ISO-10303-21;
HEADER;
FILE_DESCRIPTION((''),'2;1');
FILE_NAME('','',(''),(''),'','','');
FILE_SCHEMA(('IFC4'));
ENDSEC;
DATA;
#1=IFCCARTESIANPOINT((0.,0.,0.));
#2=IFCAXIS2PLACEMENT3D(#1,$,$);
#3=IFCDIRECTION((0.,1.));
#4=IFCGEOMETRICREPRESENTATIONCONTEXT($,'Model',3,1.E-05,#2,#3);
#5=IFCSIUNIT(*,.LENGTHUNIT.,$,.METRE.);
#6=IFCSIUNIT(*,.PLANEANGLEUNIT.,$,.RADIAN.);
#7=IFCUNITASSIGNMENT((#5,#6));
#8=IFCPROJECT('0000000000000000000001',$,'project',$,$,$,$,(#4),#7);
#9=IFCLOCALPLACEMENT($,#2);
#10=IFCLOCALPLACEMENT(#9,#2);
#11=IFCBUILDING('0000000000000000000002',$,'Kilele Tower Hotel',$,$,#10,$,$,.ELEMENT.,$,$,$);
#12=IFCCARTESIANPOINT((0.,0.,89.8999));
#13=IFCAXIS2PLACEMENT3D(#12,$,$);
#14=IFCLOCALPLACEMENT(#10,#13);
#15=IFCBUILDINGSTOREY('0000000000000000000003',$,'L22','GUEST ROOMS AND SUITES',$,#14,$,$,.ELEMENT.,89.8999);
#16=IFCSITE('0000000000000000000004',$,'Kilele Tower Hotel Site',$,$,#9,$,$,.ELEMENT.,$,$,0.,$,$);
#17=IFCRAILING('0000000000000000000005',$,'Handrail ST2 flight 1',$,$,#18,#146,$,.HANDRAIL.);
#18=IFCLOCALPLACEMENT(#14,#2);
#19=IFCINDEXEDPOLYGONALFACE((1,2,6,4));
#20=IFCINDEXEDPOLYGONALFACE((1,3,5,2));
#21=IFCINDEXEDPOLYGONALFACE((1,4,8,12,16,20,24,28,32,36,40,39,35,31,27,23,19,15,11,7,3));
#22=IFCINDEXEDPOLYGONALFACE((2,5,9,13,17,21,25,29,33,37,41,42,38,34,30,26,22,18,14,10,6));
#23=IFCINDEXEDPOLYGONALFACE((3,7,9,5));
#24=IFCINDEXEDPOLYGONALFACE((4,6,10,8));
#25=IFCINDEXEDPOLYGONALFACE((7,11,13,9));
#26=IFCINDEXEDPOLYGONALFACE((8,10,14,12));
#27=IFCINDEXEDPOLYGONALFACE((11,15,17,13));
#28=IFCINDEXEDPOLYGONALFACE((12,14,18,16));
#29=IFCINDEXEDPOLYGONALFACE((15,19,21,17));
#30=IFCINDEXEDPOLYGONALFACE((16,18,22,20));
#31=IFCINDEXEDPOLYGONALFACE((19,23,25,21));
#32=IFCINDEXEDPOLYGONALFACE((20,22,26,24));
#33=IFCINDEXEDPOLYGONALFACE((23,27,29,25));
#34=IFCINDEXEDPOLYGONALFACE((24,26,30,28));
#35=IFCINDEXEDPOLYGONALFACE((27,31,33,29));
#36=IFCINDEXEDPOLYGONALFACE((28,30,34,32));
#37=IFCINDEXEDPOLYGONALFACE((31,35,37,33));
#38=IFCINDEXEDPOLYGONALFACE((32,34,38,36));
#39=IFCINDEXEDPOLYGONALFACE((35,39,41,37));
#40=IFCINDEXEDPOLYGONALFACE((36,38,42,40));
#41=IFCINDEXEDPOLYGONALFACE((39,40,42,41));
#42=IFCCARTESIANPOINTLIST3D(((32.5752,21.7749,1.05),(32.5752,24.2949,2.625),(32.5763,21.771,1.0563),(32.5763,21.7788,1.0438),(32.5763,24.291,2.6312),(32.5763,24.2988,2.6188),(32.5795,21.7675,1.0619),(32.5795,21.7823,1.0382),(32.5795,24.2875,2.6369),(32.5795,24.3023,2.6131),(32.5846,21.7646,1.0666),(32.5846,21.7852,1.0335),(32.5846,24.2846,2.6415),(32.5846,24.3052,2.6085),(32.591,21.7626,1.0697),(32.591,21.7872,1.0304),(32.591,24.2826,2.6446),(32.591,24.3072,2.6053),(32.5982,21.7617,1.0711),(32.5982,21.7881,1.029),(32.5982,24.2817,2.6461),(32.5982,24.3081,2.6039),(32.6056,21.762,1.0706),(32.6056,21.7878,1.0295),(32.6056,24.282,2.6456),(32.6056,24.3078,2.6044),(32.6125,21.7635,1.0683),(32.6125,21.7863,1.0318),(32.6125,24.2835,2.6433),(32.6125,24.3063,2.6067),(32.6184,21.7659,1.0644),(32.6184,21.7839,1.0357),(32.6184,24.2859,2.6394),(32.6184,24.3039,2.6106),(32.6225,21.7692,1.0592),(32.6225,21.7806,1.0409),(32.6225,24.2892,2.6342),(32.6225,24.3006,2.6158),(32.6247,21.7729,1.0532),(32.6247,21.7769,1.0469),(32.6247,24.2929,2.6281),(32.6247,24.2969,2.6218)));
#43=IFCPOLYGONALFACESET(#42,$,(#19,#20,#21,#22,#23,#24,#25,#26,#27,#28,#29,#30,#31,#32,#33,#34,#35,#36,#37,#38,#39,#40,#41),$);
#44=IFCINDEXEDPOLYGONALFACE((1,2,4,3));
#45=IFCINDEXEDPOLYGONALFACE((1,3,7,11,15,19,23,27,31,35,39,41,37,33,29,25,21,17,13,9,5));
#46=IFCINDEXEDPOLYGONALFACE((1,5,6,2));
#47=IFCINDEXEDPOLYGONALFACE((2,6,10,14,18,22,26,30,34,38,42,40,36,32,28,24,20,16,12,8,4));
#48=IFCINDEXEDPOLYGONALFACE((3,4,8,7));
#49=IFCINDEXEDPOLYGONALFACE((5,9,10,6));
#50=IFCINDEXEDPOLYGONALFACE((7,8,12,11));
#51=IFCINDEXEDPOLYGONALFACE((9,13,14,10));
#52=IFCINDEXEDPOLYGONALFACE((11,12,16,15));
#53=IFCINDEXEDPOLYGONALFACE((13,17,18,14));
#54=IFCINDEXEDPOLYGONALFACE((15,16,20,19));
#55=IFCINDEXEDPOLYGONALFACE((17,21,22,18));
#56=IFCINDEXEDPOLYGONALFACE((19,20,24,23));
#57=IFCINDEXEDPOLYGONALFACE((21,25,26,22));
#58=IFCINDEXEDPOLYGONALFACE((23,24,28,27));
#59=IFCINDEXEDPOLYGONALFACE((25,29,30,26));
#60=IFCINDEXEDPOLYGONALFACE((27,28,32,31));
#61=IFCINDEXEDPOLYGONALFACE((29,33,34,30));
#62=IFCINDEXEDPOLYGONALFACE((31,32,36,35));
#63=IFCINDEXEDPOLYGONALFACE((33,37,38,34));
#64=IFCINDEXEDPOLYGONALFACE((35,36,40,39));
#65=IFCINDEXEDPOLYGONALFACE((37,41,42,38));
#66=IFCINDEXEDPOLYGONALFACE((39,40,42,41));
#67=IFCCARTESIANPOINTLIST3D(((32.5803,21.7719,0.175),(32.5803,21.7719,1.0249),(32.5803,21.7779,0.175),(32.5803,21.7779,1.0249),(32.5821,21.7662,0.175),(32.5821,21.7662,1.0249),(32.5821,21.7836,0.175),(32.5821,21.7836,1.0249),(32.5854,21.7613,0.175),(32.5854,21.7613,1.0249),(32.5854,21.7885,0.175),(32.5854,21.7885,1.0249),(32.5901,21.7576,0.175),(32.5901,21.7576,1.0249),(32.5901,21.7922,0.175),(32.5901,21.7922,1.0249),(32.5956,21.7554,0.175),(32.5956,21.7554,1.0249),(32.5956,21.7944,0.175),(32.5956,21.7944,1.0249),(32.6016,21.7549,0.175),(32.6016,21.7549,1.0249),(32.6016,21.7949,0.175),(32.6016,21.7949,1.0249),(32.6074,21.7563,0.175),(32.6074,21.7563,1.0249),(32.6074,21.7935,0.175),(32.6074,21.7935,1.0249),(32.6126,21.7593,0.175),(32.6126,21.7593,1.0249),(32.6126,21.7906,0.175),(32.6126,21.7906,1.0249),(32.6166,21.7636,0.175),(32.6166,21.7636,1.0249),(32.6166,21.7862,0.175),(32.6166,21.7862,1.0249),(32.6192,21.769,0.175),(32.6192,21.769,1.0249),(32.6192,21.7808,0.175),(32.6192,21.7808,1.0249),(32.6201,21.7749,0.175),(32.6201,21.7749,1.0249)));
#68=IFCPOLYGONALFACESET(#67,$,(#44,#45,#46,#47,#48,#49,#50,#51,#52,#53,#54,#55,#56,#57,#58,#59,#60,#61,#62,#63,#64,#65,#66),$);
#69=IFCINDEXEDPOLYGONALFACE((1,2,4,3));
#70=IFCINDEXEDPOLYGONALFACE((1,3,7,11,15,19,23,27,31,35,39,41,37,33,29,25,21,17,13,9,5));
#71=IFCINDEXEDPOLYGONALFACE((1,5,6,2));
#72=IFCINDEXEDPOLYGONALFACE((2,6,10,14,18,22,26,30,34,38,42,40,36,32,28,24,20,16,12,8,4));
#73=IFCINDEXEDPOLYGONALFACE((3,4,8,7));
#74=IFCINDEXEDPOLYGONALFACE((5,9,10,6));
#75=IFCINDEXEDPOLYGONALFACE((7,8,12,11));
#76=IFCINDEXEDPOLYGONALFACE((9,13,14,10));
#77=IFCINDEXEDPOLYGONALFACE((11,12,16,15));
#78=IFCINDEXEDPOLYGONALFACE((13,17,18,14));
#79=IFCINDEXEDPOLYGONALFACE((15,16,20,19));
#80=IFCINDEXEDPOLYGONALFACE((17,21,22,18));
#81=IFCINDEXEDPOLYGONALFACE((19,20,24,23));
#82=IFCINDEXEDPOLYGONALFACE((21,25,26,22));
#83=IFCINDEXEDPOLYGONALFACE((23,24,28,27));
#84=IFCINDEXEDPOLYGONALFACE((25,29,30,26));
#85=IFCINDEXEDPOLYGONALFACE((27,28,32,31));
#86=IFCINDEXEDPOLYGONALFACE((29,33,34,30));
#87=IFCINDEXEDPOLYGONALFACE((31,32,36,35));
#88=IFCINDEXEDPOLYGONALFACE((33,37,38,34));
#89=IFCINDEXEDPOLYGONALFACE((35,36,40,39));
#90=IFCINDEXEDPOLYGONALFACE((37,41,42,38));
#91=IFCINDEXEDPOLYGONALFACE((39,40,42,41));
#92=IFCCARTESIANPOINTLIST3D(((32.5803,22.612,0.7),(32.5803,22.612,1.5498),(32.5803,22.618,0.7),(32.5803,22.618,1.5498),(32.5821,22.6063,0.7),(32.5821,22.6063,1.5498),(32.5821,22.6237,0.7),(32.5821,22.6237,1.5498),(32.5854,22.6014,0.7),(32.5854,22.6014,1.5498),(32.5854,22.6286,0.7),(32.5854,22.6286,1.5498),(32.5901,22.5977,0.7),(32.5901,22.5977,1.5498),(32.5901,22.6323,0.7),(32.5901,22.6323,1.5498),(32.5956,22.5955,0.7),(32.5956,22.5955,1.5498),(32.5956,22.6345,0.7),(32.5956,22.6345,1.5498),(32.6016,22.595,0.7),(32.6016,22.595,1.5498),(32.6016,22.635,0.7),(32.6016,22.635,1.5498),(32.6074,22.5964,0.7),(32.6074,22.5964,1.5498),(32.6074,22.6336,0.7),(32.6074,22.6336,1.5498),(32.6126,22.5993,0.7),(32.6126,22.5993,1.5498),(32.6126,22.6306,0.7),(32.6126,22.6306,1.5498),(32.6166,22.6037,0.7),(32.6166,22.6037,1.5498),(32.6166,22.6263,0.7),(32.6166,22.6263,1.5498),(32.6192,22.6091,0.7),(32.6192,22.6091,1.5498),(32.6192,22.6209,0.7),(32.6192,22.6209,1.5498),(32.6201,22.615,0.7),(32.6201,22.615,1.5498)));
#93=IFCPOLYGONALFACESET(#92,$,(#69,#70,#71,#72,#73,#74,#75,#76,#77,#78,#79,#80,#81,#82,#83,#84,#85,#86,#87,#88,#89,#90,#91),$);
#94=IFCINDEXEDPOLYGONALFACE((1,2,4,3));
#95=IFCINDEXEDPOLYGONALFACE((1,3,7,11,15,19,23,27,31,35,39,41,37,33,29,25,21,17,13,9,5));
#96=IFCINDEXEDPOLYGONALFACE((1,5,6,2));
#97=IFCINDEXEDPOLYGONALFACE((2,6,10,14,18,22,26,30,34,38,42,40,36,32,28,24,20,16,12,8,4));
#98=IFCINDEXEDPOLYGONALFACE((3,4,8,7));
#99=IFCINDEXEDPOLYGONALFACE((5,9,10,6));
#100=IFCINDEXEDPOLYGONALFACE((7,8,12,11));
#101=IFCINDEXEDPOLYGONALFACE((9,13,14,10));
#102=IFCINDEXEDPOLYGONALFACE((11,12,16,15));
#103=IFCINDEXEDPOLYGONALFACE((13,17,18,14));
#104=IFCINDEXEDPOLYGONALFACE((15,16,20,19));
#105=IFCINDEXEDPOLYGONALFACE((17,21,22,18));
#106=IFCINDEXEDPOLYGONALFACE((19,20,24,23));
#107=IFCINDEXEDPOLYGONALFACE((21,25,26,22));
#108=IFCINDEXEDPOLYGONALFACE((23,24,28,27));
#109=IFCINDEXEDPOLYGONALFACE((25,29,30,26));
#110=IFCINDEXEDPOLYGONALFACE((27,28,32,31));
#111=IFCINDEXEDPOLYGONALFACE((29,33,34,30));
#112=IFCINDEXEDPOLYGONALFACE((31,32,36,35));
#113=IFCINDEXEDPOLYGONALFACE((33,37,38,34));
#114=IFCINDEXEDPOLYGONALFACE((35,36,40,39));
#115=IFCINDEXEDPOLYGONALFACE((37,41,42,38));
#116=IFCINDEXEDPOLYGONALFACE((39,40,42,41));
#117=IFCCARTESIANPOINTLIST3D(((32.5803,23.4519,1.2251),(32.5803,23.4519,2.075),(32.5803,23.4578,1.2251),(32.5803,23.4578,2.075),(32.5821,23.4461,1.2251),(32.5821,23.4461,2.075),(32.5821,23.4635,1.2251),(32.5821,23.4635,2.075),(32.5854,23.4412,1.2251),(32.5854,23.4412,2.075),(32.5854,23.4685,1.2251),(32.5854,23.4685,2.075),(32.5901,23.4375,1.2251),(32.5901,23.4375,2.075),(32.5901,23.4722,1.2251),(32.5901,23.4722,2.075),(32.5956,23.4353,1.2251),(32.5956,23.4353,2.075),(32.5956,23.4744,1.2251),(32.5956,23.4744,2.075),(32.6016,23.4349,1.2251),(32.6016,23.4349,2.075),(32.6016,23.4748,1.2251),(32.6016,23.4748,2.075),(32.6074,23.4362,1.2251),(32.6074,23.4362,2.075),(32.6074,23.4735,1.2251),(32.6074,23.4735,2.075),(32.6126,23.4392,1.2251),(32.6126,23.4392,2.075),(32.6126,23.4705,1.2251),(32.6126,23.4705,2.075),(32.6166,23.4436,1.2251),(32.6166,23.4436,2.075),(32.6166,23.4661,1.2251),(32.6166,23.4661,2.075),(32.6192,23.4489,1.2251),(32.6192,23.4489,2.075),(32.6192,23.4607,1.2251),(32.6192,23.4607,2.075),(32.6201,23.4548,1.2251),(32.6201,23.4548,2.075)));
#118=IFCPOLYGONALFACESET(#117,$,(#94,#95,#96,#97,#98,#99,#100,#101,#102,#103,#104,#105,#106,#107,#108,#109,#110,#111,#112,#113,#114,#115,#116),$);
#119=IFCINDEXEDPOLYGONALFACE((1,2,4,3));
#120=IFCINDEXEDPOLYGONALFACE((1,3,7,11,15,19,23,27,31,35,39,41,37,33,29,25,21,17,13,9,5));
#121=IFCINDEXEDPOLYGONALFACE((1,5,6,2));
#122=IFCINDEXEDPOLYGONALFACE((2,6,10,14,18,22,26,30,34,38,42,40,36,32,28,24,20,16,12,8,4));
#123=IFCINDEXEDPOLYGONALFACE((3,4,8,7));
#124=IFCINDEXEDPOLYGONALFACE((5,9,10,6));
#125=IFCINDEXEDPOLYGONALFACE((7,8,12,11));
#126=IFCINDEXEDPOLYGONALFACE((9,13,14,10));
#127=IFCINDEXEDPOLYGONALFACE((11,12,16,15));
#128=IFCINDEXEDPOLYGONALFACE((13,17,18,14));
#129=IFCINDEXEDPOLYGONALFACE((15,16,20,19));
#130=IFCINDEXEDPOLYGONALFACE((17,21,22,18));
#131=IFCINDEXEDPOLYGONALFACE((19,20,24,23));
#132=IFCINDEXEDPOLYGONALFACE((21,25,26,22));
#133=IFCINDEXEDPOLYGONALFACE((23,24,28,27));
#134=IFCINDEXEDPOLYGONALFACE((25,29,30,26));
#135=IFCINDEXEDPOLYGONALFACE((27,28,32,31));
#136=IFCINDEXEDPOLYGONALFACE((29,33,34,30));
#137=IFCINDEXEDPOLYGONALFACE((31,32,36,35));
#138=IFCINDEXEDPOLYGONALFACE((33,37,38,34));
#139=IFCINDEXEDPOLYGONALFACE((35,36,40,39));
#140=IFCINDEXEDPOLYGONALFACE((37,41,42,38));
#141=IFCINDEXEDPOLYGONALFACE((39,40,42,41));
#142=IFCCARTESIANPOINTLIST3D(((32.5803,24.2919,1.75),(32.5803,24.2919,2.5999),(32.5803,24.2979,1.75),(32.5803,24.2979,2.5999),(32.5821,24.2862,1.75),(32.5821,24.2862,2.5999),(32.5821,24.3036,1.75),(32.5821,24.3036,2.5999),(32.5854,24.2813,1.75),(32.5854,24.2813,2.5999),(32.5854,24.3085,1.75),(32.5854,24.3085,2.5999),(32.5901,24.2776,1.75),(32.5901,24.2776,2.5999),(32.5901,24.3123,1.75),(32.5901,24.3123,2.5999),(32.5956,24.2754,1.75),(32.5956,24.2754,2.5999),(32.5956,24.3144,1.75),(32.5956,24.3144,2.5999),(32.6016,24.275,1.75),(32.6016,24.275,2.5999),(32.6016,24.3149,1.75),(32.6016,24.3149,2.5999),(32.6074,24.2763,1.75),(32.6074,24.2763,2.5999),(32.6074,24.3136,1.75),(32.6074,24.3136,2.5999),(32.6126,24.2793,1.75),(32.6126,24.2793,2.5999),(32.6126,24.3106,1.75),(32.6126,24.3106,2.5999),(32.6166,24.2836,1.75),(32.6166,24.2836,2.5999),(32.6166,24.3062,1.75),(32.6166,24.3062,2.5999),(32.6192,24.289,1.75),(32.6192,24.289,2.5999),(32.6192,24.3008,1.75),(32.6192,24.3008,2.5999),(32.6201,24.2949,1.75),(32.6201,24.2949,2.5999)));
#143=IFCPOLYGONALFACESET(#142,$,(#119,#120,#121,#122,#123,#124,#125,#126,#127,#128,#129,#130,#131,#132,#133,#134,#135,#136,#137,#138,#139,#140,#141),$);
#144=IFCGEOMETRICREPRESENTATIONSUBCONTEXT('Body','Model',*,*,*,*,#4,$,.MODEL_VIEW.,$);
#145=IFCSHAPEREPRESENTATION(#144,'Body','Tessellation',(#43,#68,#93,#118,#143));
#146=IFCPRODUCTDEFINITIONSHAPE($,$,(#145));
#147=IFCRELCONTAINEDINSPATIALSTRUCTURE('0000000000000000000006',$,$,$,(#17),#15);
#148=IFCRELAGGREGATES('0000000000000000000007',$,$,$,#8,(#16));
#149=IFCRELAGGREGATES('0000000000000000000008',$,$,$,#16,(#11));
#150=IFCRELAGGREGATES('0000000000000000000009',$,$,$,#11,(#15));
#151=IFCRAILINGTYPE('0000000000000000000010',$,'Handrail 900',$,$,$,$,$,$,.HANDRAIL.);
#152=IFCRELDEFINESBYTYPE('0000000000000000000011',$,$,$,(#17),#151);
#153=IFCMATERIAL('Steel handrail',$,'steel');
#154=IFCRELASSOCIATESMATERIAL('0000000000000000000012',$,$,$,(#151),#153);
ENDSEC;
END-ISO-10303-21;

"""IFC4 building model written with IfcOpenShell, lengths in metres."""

from ifc_helpers import new_model, si_unit, direction, frame, origin, origin_2d, place, context, subcontext, project, spatial, circle, extrude, material, type_object, element, save


model = new_model("IFC4")

# Units and contexts
model_context = context("Model", 3, precision=1e-05, world=origin(), true_north=direction((0.0, 1.0)))
body_context = subcontext(model_context, "Body", "Model", "MODEL_VIEW")
ifc_project = project(units=[si_unit("LENGTHUNIT", "METRE"), si_unit("PLANEANGLEUNIT", "RADIAN")], contexts=[model_context])

# Site, building, storey
site_placement = place(None, origin())
site = spatial("IfcSite", under=ifc_project, at=site_placement, Name="Kilele Tower Hotel Site", CompositionType="ELEMENT", RefElevation=0.0)
building_placement = place(site_placement, origin())
building = spatial("IfcBuilding", under=site, at=building_placement, Name="Kilele Tower Hotel", CompositionType="ELEMENT")
storey_placement = place(building_placement, frame((0.0, 0.0, 89.8999)))
storey = spatial("IfcBuildingStorey", under=building, at=storey_placement, Name="L22", Description="GUEST ROOMS AND SUITES", CompositionType="ELEMENT", Elevation=89.8999)

# Railing
ifc_material_1 = material(Name="Steel handrail", Category="steel")
railing_type_1 = type_object("IfcRailingType", Name="Handrail 900", PredefinedType="HANDRAIL", material=ifc_material_1)
for number, where, name in (
    (1, (32.6001, 21.7749, 0.175), "Handrail ST2 flight 1"),
):
    element("IfcRailing", number, at=place(storey_placement, frame(where)), inside=storey, type_object=railing_type_1, Name=name, PredefinedType="HANDRAIL", context=body_context, shape_type="SweptSolid", body=[
        extrude(circle(Radius=0.0249, at=origin_2d()), frame((0.0, 0.0, 0.875), z_axis=(0.0, 0.848008, 0.529984), x_axis=(-1.0, 0.0, 0.0)), (0.0, 0.0, 1.0), 2.9717),
        extrude(circle(Radius=0.02, at=origin_2d()), origin(), (0.0, 0.0, 1.0), 0.8499),
        extrude(circle(Radius=0.02, at=origin_2d()), frame((0.0, 0.8401, 0.5249)), (0.0, 0.0, 1.0), 0.8499),
        extrude(circle(Radius=0.02, at=origin_2d()), frame((0.0, 1.6799, 1.05)), (0.0, 0.0, 1.0), 0.8499),
        extrude(circle(Radius=0.02, at=origin_2d()), frame((0.0, 2.52, 1.575)), (0.0, 0.0, 1.0), 0.8499),
    ])

save(model, "model.ifc")
